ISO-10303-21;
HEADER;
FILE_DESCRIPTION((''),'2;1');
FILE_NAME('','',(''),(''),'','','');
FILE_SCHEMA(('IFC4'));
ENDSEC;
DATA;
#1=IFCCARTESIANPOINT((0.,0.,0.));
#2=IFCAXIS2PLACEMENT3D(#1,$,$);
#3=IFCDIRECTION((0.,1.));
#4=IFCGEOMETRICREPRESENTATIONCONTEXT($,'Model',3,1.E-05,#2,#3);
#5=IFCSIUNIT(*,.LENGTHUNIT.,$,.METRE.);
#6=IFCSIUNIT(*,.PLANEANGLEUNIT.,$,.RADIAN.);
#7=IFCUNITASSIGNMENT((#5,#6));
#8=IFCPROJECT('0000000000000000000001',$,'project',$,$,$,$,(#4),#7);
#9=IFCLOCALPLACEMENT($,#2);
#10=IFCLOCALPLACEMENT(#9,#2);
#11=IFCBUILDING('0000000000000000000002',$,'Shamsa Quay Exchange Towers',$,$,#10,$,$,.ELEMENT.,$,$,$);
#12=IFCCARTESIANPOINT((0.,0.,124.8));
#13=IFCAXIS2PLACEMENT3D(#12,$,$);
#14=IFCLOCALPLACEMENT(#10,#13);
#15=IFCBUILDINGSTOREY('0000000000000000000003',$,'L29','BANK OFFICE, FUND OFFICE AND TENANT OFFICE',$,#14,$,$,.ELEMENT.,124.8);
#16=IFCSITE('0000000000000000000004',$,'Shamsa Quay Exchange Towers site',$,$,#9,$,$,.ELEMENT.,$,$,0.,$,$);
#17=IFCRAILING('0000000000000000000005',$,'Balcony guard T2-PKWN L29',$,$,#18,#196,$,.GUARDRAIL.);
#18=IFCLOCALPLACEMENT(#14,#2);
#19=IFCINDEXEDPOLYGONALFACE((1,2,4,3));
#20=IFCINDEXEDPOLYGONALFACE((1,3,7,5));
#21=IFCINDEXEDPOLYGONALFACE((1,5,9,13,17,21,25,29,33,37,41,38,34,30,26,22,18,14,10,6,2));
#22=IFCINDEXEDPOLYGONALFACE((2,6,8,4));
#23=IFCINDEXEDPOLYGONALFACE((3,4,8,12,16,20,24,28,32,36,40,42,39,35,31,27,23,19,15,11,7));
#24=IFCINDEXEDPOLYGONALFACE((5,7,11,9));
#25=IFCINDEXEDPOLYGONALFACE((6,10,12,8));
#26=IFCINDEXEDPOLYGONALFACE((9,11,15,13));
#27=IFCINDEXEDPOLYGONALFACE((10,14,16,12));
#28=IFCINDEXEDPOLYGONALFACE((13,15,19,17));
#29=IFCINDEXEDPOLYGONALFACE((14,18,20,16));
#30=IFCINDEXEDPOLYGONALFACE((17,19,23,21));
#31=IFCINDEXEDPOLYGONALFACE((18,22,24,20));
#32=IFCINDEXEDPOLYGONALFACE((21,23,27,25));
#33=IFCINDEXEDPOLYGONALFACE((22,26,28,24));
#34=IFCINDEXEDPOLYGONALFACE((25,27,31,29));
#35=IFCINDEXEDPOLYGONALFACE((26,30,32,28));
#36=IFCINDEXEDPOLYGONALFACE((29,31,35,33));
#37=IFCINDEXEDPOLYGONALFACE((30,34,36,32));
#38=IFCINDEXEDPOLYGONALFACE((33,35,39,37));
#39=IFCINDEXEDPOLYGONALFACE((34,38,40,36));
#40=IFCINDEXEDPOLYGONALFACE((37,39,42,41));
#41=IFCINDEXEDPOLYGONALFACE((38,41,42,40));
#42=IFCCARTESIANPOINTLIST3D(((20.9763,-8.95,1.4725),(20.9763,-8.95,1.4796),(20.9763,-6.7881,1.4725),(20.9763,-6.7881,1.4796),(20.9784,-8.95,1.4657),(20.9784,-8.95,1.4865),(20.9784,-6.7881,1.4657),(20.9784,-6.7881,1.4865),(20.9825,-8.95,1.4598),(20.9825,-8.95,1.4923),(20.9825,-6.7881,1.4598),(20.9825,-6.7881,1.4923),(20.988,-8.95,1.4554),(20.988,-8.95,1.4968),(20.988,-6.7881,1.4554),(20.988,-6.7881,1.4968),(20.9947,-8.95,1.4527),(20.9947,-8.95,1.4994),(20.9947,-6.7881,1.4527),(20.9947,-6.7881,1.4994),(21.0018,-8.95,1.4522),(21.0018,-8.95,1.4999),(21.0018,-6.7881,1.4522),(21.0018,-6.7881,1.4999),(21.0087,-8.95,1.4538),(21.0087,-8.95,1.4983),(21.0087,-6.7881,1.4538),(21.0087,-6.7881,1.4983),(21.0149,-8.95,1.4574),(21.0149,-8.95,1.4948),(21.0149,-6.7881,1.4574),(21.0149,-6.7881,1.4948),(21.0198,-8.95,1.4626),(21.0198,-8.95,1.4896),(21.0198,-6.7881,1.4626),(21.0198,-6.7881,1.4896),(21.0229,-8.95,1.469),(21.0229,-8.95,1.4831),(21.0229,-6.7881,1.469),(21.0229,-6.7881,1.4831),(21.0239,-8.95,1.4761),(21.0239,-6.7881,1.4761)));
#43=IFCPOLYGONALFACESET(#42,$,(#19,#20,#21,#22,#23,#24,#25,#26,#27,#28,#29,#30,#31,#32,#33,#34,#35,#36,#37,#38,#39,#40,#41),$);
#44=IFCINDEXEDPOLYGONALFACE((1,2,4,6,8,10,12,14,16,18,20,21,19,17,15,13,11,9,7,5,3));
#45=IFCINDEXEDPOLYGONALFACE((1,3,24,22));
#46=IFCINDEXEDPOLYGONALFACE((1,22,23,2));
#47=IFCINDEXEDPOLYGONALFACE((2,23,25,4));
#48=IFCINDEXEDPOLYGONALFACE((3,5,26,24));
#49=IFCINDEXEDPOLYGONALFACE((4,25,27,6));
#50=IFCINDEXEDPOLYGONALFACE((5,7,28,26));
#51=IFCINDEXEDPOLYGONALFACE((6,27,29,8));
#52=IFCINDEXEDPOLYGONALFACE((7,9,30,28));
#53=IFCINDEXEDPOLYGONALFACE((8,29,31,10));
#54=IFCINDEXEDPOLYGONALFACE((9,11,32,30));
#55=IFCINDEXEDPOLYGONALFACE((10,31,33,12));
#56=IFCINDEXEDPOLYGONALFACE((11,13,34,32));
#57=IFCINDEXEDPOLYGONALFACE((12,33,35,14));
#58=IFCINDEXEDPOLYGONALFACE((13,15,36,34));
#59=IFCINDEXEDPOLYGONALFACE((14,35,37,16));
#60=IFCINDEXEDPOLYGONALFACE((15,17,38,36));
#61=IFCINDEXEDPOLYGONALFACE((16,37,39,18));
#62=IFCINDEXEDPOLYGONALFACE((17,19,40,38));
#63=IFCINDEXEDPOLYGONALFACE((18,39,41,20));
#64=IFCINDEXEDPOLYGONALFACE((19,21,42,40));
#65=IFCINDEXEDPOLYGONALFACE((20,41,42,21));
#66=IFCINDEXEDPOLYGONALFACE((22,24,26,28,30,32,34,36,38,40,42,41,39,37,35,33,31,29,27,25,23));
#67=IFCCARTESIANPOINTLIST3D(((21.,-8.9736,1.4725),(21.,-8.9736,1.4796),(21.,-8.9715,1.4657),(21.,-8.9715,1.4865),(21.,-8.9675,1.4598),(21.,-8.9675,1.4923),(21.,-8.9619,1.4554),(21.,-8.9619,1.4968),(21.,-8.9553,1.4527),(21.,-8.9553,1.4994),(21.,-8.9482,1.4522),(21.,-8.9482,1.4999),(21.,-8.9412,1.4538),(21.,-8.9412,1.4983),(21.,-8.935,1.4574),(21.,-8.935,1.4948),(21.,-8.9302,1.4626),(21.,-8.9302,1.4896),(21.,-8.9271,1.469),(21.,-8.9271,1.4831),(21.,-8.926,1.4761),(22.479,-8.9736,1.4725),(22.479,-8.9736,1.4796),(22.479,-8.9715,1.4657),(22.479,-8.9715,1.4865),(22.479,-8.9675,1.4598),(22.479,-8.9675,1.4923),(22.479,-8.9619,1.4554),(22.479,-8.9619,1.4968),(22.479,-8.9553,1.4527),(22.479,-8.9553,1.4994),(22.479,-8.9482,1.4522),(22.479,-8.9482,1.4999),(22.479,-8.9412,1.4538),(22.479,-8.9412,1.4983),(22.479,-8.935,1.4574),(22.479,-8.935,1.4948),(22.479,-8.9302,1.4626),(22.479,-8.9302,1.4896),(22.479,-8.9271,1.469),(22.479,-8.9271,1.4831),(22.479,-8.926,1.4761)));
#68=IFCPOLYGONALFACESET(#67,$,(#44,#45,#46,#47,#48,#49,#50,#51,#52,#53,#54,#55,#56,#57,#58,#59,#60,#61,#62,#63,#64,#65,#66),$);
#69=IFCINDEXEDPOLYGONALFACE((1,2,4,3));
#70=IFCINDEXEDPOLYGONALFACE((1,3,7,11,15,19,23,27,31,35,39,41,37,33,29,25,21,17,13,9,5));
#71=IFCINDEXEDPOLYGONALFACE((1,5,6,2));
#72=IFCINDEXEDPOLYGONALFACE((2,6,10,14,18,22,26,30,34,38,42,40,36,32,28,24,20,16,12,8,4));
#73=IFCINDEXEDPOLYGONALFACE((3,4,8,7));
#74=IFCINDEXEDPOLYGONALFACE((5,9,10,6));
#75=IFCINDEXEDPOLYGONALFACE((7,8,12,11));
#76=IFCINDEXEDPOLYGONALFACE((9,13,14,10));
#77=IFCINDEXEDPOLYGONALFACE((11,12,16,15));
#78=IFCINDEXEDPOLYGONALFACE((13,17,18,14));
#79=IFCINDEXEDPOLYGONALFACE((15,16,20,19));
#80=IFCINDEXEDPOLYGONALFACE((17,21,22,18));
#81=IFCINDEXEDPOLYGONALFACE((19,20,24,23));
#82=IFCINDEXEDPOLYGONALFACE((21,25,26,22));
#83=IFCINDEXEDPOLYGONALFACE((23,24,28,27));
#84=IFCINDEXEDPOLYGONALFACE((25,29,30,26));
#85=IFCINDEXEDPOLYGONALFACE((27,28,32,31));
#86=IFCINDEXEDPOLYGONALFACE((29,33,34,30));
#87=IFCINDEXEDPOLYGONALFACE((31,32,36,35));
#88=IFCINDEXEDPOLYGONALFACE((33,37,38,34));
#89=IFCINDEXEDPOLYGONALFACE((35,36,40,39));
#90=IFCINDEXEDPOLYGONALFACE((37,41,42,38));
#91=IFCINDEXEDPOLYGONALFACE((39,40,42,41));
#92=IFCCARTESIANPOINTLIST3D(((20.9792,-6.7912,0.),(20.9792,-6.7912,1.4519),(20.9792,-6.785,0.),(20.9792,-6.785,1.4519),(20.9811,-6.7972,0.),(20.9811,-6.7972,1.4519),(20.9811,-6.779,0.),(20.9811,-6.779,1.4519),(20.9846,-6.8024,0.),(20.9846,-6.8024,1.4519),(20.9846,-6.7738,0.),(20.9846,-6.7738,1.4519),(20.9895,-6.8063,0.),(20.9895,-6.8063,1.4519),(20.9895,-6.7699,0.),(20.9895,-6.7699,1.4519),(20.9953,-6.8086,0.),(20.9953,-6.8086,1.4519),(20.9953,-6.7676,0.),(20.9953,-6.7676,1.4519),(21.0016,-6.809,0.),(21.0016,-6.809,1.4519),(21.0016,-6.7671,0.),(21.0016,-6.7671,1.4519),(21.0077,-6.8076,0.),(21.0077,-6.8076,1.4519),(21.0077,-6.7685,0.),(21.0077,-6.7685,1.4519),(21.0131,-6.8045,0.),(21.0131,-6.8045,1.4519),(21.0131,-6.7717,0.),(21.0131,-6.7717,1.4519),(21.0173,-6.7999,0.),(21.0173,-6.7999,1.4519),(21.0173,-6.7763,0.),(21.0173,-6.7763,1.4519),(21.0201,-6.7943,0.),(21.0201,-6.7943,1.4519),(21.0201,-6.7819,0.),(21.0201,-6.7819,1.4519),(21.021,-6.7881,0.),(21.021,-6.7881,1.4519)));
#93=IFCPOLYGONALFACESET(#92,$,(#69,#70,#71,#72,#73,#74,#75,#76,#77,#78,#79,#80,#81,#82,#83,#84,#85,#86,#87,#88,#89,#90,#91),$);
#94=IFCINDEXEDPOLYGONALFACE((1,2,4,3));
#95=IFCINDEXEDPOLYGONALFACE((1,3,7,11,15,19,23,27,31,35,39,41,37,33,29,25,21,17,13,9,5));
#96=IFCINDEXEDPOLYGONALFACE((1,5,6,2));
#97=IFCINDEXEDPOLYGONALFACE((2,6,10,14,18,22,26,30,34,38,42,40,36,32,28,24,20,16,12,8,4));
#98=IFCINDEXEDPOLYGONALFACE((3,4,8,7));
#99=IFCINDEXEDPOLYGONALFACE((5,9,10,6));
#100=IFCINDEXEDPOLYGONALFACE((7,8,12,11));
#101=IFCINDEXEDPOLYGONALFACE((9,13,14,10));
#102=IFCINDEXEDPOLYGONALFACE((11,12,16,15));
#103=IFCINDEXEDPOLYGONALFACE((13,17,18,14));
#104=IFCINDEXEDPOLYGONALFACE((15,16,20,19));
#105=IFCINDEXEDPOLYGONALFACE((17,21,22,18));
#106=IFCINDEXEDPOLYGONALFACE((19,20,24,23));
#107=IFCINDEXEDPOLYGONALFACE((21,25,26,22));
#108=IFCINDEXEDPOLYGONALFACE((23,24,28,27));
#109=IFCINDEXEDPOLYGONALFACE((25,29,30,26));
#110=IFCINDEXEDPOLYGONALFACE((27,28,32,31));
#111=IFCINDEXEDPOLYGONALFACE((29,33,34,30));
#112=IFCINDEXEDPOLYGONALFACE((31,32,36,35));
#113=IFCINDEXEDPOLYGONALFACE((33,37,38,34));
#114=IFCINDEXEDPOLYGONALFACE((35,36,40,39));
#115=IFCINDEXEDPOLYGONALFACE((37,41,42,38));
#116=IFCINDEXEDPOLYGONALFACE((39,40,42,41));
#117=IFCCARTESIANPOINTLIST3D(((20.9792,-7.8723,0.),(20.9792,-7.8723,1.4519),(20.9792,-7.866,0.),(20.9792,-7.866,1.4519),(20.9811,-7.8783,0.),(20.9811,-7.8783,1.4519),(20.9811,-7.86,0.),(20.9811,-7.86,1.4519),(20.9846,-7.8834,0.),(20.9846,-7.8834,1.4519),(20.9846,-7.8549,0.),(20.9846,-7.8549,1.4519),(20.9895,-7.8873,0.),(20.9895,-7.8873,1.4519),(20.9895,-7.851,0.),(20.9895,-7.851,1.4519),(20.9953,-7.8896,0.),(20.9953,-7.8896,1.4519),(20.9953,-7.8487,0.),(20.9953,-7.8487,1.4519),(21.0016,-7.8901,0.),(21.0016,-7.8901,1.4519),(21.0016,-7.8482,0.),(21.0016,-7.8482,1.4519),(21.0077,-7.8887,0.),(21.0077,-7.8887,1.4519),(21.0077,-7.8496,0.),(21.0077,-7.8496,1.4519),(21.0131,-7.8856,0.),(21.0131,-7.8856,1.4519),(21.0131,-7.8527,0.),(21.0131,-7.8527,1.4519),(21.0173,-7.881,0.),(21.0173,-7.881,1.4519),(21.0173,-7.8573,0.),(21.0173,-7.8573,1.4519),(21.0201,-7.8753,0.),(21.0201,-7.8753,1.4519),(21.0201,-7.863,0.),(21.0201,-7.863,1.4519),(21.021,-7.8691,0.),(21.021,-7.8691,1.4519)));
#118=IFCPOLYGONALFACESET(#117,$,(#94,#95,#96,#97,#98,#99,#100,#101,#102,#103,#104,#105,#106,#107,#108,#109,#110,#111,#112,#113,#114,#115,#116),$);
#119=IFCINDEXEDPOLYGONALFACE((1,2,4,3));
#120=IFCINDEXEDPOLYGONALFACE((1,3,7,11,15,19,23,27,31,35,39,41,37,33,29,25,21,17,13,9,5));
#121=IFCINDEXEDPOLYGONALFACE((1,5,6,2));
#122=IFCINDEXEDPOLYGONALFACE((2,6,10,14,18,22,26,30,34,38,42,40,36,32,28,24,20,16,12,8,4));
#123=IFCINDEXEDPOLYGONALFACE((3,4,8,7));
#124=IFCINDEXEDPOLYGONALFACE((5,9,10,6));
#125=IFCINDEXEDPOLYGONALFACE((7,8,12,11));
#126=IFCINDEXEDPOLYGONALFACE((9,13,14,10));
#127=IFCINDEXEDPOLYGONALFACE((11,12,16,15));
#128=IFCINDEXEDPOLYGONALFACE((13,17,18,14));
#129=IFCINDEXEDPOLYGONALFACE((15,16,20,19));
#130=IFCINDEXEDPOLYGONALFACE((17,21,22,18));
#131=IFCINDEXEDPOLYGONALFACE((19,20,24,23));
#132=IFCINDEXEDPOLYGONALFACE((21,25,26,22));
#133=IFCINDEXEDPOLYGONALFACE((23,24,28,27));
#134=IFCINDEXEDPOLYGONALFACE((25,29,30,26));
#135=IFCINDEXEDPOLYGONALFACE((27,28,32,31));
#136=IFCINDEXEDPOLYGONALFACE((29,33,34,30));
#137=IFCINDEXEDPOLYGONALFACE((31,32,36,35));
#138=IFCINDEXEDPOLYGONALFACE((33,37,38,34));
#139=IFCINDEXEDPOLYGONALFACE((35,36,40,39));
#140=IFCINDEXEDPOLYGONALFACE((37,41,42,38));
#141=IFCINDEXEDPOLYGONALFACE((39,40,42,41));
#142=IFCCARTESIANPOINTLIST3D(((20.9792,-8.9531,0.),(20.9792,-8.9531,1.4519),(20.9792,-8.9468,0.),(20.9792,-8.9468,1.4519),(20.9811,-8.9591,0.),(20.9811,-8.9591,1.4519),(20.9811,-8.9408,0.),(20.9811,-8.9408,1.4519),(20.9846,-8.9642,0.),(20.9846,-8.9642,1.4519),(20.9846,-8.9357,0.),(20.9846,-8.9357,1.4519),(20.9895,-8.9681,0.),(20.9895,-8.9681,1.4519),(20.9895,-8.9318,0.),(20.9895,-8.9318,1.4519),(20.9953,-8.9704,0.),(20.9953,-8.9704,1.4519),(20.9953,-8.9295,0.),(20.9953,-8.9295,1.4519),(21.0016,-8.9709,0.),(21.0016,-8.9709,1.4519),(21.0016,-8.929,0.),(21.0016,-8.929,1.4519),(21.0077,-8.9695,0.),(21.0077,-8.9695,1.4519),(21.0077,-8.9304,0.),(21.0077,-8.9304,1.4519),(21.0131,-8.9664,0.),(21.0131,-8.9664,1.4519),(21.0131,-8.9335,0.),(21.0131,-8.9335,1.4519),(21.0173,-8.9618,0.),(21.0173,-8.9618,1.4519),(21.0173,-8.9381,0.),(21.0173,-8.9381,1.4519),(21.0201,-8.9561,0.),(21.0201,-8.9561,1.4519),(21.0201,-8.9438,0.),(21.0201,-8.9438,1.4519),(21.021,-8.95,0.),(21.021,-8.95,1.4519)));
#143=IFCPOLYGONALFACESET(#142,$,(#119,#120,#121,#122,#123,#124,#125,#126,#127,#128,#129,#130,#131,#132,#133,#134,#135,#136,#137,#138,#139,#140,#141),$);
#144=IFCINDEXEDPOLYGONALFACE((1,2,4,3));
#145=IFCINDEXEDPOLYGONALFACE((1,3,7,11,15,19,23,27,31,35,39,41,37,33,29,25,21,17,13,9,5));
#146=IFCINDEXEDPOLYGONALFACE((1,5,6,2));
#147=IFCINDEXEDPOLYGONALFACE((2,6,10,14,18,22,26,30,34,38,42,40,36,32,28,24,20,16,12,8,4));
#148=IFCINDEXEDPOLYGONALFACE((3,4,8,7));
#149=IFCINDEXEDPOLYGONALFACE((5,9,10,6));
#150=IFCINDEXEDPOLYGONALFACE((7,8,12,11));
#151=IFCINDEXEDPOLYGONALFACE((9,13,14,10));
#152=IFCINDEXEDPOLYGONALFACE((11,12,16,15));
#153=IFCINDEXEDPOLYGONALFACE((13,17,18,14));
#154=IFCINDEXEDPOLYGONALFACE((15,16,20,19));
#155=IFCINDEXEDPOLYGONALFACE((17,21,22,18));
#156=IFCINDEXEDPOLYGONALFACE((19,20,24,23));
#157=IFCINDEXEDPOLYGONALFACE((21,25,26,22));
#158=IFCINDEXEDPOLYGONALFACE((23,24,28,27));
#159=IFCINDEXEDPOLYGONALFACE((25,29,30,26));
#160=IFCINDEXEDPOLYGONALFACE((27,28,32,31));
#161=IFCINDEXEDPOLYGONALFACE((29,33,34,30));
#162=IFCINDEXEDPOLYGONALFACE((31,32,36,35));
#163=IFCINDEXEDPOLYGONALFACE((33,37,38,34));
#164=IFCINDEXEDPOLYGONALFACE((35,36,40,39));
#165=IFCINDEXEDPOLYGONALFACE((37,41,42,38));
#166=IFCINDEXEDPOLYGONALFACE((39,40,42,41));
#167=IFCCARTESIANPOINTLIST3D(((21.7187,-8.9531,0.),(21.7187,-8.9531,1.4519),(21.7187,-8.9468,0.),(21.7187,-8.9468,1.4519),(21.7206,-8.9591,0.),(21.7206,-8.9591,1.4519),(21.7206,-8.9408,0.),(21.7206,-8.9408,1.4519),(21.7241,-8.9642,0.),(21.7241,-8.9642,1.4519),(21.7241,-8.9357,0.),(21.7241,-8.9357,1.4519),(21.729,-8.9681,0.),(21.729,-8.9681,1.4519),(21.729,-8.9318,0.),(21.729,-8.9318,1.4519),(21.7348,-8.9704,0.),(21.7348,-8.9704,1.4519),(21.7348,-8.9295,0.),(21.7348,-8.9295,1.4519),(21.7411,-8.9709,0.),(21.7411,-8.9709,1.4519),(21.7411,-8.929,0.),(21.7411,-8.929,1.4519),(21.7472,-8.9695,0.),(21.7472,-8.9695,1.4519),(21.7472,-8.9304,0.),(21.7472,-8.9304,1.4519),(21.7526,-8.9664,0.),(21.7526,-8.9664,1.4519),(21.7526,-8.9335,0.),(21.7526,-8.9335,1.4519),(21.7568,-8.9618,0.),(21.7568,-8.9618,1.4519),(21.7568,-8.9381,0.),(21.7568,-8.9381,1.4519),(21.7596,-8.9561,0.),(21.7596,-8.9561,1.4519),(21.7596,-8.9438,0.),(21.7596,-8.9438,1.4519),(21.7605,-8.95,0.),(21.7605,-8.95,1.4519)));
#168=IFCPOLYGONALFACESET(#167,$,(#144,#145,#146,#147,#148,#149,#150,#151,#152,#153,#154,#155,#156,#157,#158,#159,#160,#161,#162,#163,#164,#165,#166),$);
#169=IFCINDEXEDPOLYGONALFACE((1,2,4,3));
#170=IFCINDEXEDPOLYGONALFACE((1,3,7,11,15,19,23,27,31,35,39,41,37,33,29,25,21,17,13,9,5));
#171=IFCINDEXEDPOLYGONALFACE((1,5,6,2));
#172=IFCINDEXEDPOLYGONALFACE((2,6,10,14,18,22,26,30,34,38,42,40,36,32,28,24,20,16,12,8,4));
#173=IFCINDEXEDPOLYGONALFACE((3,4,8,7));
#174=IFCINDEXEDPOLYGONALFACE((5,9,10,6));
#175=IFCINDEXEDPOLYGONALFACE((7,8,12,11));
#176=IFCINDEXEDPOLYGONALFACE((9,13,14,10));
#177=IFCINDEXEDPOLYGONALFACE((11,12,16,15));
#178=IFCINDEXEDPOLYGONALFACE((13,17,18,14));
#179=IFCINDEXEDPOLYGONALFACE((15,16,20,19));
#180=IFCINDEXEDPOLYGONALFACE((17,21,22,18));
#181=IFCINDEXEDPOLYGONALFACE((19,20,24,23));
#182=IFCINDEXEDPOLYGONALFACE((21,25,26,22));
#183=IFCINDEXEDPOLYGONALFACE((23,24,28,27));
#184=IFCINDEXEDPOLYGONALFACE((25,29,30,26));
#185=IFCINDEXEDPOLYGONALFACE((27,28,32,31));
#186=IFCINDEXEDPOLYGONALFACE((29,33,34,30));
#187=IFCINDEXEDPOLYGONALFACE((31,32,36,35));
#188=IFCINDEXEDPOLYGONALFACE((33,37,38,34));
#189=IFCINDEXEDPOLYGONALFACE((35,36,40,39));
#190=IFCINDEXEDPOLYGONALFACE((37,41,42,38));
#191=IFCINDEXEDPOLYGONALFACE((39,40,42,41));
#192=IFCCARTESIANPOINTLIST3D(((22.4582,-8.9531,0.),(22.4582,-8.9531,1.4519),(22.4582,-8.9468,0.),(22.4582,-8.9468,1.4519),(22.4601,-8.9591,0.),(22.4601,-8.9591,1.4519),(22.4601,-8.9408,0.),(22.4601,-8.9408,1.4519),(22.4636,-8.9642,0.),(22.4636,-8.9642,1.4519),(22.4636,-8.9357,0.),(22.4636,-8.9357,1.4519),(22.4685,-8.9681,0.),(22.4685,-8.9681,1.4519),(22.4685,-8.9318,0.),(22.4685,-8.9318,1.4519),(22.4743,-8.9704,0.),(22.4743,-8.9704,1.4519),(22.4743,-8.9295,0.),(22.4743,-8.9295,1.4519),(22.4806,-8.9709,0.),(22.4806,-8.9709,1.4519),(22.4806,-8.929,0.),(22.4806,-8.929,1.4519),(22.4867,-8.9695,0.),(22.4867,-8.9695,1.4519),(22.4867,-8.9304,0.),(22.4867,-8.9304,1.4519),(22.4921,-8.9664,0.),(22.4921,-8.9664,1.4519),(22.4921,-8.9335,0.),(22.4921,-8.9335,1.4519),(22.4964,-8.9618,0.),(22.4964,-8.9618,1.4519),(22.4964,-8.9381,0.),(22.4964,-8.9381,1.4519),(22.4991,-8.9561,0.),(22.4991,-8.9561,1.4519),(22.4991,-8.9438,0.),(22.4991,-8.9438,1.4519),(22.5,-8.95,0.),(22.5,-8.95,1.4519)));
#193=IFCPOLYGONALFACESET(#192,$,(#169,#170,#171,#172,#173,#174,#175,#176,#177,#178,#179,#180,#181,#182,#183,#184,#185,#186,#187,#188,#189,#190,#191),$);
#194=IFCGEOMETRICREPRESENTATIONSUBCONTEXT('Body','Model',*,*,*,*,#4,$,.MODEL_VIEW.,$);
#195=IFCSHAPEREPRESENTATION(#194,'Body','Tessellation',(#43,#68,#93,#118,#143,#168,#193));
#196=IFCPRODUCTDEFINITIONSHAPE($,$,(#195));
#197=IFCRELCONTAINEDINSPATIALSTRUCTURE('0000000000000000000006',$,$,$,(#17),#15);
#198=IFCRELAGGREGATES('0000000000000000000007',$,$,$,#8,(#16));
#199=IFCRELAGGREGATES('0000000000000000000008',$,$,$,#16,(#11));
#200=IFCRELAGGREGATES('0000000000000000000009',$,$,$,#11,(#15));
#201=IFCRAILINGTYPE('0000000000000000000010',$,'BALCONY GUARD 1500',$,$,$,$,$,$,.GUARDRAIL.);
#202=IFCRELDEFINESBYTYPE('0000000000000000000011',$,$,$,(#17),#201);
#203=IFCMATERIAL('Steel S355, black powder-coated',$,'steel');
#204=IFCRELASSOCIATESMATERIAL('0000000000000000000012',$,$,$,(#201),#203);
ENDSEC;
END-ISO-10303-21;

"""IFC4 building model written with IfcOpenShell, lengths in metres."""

from ifc_helpers import new_model, si_unit, direction, frame, origin, origin_2d, place, context, subcontext, project, spatial, circle, extrude, material, type_object, element, save


model = new_model("IFC4")

# Units and contexts
model_context = context("Model", 3, precision=1e-05, world=origin(), true_north=direction((0.0, 1.0)))
body_context = subcontext(model_context, "Body", "Model", "MODEL_VIEW")
ifc_project = project(units=[si_unit("LENGTHUNIT", "METRE"), si_unit("PLANEANGLEUNIT", "RADIAN")], contexts=[model_context])

# Site, building, storey
site_placement = place(None, origin())
site = spatial("IfcSite", under=ifc_project, at=site_placement, Name="Shamsa Quay Exchange Towers site", CompositionType="ELEMENT", RefElevation=0.0)
building_placement = place(site_placement, origin())
building = spatial("IfcBuilding", under=site, at=building_placement, Name="Shamsa Quay Exchange Towers", CompositionType="ELEMENT")
storey_placement = place(building_placement, frame((0.0, 0.0, 124.8)))
storey = spatial("IfcBuildingStorey", under=building, at=storey_placement, Name="L29", Description="BANK OFFICE, FUND OFFICE AND TENANT OFFICE", CompositionType="ELEMENT", Elevation=124.8)

# Railing
ifc_material_1 = material(Name="Steel S355, black powder-coated", Category="steel")
railing_type = type_object("IfcRailingType", Name="BALCONY GUARD 1500", PredefinedType="GUARDRAIL", material=ifc_material_1)
for number, where, name in (
    (1, (21.0, -6.7881, 0.0), "Balcony guard T2-PKWN L29"),
):
    element("IfcRailing", number, at=place(storey_placement, frame(where)), inside=storey, type_object=railing_type, Name=name, PredefinedType="GUARDRAIL", context=body_context, shape_type="SweptSolid", body=[
        extrude(circle(Radius=0.0239, at=origin_2d()), frame((0.0, 0.0, 1.4761), z_axis=(0.0, -1.0, 0.0), x_axis=(1.0, 0.0, 0.0)), (0.0, 0.0, 1.0), 2.1619),
        extrude(circle(Radius=0.0239, at=origin_2d()), frame((0.0, -2.1619, 1.4761), z_axis=(1.0, 0.0, 0.0), x_axis=(0.0, 1.0, 0.0)), (0.0, 0.0, 1.0), 1.479),
        extrude(circle(Radius=0.021, at=origin_2d()), origin(), (0.0, 0.0, 1.0), 1.4519),
        extrude(circle(Radius=0.021, at=origin_2d()), frame((0.0, -1.0811, 0.0)), (0.0, 0.0, 1.0), 1.4519),
        extrude(circle(Radius=0.021, at=origin_2d()), frame((0.0, -2.1619, 0.0)), (0.0, 0.0, 1.0), 1.4519),
        extrude(circle(Radius=0.021, at=origin_2d()), frame((0.7395, -2.1619, 0.0)), (0.0, 0.0, 1.0), 1.4519),
        extrude(circle(Radius=0.021, at=origin_2d()), frame((1.479, -2.1619, 0.0)), (0.0, 0.0, 1.0), 1.4519),
    ])

save(model, "model.ifc")
